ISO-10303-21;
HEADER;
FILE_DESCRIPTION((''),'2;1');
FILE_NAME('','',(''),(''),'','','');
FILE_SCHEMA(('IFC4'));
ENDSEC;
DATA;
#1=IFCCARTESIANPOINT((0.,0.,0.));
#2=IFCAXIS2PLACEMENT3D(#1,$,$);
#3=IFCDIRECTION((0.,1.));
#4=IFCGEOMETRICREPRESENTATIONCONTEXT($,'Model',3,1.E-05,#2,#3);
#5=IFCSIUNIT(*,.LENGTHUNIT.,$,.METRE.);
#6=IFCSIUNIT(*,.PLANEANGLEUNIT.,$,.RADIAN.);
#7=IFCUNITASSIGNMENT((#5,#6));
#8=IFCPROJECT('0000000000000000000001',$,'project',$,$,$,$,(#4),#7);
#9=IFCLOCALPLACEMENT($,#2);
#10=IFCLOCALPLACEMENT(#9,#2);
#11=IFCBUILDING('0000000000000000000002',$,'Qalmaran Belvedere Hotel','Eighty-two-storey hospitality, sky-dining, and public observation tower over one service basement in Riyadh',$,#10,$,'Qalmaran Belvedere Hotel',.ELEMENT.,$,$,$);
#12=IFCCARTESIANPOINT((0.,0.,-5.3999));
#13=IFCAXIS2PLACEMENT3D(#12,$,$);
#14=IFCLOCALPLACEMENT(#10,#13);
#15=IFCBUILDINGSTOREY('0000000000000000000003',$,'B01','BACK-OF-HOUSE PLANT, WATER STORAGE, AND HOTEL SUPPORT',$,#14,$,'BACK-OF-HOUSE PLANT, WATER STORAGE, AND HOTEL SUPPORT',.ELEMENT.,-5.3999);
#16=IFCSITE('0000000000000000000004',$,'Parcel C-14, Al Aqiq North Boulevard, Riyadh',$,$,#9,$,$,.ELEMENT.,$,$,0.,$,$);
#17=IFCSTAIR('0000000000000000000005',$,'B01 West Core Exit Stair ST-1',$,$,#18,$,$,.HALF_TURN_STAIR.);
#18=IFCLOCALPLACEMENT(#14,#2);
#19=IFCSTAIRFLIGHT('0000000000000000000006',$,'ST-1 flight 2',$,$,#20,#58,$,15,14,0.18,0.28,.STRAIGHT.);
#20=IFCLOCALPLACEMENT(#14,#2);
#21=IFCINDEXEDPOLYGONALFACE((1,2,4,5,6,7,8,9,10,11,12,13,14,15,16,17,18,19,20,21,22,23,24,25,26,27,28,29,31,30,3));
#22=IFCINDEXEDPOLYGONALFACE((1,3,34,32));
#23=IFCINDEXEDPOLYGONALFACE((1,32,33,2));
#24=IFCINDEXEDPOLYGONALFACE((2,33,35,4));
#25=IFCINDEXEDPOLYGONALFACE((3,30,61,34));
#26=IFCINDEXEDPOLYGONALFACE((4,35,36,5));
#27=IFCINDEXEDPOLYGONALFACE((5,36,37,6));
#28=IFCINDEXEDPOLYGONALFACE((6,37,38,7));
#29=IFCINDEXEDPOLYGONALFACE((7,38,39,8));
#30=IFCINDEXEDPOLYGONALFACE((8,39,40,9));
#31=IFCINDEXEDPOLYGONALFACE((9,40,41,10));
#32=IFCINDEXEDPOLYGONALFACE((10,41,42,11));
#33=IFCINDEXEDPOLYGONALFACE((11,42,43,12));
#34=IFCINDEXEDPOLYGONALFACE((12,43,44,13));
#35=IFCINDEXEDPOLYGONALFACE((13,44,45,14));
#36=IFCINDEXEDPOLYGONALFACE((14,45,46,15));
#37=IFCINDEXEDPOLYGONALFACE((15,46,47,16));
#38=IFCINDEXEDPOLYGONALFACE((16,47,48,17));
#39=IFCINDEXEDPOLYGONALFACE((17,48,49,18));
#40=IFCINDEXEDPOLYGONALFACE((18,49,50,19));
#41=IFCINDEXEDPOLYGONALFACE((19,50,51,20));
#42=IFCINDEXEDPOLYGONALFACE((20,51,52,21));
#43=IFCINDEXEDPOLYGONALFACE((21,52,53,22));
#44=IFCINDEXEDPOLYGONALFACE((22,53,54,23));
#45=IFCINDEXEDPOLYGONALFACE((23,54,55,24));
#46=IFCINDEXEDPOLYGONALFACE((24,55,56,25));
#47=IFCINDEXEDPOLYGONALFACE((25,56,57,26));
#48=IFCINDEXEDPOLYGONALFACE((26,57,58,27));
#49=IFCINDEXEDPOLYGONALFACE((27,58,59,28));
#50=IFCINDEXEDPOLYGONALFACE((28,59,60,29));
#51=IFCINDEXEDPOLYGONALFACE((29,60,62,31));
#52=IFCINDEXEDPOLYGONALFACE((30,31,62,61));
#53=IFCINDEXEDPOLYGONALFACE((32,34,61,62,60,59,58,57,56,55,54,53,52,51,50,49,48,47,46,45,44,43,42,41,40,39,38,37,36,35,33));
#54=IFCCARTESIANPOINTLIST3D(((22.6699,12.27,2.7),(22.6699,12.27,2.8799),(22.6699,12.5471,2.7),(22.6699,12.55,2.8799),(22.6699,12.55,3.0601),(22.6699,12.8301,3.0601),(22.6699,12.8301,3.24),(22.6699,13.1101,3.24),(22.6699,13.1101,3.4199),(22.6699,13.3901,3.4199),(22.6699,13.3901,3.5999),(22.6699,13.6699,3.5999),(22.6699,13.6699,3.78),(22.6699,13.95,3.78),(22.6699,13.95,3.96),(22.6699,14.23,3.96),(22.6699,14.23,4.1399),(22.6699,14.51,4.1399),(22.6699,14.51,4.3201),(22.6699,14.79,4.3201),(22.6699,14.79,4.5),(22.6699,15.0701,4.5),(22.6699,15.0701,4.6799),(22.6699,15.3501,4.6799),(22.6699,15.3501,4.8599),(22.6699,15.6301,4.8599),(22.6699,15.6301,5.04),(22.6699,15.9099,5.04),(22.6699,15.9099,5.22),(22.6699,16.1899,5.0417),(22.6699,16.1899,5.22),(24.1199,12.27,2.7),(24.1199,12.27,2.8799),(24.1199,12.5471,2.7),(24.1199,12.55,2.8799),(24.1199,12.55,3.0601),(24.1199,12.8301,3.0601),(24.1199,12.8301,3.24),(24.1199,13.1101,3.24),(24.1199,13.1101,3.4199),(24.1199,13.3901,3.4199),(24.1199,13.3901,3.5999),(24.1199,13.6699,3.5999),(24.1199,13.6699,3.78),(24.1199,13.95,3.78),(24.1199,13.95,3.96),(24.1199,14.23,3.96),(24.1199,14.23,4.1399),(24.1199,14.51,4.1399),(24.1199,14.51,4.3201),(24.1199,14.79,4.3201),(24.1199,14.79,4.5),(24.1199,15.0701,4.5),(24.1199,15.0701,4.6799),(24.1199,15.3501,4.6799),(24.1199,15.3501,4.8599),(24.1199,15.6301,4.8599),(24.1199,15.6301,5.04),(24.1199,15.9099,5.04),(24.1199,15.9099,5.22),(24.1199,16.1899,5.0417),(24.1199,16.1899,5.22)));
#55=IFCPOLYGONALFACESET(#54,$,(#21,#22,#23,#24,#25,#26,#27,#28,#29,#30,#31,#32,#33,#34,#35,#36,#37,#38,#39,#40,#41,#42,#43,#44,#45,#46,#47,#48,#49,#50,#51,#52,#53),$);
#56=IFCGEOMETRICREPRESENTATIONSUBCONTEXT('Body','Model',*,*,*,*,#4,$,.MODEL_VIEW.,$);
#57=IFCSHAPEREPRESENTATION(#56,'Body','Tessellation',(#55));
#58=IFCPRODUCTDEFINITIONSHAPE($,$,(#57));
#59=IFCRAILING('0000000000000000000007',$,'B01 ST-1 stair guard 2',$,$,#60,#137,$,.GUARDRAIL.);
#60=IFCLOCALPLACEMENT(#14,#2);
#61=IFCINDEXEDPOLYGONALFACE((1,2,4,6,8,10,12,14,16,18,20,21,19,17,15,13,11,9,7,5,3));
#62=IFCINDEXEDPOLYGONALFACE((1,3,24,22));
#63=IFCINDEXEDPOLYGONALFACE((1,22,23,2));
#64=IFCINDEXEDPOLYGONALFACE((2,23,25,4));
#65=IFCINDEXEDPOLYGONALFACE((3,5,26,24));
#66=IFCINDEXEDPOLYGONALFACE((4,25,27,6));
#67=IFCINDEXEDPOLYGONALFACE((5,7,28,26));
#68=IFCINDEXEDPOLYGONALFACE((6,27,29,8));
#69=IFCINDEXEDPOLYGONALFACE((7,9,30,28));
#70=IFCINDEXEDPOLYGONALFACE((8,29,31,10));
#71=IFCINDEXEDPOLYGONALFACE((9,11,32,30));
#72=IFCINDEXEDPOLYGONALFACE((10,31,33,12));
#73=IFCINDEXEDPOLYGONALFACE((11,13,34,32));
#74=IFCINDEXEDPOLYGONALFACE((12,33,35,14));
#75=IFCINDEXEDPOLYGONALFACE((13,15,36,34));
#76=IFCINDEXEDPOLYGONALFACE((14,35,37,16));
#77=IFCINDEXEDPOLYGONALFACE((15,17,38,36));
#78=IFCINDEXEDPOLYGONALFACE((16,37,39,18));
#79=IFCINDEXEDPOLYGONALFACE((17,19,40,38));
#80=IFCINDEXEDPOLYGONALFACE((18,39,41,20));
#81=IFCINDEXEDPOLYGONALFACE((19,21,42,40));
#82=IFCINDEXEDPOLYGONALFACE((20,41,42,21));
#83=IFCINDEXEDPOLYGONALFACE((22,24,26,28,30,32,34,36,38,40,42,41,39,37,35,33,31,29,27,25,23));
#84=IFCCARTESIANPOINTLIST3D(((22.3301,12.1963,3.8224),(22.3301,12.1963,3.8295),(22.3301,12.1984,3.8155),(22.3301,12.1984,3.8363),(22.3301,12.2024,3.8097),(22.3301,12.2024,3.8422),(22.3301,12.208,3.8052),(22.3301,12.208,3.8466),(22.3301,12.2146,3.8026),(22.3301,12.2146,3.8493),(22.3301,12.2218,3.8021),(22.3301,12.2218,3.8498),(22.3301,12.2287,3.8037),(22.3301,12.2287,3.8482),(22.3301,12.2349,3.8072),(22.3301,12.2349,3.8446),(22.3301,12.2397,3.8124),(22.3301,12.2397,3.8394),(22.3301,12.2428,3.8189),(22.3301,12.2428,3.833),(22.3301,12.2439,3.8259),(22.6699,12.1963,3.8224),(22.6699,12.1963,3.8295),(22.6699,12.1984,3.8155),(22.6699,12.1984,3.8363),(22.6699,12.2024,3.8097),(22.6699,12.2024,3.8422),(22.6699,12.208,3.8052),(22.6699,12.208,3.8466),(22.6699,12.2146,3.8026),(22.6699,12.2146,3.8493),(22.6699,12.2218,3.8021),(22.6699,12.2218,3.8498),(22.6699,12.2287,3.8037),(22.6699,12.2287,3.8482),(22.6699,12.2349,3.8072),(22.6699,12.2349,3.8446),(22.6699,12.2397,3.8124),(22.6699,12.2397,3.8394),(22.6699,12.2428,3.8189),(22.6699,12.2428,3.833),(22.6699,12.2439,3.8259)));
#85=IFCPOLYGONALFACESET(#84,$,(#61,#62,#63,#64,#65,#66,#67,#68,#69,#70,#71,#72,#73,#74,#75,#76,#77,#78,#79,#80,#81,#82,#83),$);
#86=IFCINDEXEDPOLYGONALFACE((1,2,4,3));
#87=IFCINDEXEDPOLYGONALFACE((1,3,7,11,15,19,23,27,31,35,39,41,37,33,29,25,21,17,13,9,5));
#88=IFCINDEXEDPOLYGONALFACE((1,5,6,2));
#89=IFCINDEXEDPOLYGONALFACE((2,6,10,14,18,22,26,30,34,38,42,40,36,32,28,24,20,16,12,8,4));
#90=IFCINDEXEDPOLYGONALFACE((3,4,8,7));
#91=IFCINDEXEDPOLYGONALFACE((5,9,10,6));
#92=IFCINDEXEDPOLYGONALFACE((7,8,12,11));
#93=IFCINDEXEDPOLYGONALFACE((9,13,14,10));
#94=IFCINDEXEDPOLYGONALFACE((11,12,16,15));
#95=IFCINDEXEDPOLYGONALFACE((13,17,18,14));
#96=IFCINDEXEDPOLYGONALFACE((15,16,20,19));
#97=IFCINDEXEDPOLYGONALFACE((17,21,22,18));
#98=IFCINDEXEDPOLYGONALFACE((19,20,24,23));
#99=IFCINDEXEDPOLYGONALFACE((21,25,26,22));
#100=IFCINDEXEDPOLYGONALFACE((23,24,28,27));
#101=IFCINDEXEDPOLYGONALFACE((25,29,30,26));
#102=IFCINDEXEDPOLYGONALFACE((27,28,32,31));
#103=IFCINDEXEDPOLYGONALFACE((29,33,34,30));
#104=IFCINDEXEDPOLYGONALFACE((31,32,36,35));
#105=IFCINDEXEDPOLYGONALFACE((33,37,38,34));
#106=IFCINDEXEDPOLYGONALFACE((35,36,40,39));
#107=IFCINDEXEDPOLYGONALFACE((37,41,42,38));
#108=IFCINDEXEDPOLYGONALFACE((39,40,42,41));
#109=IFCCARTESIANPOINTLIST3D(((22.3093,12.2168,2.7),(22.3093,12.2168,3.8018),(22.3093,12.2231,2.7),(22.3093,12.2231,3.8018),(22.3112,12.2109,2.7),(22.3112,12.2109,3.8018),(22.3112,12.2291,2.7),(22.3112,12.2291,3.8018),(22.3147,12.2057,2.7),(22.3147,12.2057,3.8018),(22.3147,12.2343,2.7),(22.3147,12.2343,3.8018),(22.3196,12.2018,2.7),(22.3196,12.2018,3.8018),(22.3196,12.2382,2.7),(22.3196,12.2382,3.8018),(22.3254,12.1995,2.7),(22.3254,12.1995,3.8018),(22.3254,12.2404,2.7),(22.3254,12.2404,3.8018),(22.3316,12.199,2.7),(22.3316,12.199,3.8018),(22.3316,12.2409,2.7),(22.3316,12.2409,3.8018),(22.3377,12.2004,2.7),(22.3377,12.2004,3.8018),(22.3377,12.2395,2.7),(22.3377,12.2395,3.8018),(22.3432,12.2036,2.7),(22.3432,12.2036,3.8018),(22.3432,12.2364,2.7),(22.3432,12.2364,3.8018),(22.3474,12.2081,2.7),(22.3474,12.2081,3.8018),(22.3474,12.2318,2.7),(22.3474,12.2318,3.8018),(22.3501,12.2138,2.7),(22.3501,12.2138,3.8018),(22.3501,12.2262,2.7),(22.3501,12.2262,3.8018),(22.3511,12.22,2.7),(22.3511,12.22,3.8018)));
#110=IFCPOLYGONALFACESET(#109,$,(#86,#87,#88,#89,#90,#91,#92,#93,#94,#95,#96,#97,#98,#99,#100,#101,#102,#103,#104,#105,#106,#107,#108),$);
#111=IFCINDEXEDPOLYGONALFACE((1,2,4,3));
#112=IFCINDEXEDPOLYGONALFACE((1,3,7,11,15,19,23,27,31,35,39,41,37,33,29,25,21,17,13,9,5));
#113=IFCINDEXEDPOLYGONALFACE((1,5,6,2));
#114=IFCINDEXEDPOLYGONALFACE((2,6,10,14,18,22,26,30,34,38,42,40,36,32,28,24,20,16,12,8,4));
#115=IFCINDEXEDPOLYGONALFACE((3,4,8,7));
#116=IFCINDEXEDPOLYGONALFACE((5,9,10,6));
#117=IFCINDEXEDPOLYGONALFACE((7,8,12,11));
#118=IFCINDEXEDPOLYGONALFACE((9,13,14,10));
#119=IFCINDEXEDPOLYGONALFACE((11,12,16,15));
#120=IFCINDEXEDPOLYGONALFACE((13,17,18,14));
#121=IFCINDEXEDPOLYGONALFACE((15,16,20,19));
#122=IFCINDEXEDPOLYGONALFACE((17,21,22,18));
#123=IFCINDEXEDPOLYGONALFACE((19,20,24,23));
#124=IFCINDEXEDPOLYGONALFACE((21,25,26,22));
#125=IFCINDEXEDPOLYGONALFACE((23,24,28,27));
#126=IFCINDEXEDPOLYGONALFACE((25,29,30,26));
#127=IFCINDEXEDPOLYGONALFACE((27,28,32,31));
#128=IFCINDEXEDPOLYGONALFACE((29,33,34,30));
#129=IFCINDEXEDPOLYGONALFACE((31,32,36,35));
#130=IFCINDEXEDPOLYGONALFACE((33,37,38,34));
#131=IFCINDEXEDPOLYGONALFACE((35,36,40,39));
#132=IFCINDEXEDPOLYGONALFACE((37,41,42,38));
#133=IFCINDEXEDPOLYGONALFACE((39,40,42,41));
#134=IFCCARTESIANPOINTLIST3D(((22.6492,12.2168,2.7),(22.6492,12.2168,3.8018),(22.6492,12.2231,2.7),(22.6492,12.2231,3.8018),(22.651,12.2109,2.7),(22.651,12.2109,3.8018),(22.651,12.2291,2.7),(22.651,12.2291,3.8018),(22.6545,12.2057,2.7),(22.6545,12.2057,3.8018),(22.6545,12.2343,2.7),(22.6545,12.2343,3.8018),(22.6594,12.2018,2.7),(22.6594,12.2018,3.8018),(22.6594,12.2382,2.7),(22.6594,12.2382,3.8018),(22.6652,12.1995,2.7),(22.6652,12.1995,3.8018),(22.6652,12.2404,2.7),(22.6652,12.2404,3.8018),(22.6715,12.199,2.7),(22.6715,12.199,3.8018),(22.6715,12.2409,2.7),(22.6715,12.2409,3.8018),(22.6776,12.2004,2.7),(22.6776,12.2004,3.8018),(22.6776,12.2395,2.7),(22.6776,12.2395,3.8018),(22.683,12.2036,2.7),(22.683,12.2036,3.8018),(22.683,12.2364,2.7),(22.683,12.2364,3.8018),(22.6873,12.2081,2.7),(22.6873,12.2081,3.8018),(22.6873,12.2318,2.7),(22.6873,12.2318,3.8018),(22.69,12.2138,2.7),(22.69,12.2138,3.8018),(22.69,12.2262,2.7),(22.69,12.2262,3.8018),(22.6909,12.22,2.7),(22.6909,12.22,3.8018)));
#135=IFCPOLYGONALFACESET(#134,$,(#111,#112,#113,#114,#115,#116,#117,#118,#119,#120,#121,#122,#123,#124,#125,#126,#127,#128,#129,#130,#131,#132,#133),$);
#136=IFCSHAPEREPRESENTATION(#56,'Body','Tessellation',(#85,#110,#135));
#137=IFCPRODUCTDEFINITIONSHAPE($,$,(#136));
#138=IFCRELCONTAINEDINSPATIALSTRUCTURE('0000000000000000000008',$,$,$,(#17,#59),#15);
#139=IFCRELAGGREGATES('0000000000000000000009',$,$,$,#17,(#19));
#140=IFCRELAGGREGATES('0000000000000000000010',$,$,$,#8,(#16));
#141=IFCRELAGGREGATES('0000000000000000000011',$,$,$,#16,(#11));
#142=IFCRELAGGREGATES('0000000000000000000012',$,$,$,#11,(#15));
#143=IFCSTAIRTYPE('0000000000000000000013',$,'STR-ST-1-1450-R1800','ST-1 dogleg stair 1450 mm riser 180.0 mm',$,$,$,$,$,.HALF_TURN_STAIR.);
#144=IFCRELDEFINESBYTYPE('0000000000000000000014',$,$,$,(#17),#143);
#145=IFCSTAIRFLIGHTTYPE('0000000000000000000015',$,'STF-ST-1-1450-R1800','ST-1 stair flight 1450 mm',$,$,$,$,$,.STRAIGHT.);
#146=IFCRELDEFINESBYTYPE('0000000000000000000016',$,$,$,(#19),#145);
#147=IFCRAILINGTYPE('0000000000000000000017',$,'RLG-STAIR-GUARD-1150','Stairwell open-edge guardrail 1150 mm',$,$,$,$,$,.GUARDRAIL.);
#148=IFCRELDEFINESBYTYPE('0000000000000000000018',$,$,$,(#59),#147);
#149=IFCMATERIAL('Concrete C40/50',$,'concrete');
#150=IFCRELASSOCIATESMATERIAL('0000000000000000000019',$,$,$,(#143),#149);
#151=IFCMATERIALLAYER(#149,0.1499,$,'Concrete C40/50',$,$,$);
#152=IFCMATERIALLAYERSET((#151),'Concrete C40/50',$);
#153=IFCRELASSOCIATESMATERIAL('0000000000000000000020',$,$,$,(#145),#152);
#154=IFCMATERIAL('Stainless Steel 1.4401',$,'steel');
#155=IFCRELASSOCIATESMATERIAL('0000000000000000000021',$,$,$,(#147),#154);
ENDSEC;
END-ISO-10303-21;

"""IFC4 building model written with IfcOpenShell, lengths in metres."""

from ifc_helpers import new_model, si_unit, direction, frame, origin, origin_2d, place, context, subcontext, project, spatial, polyline, circle, outline, extrude, material, layer, layer_set, type_object, element, aggregate, save


model = new_model("IFC4")

# Units and contexts
model_context = context("Model", 3, precision=1e-05, world=origin(), true_north=direction((0.0, 1.0)))
body_context = subcontext(model_context, "Body", "Model", "MODEL_VIEW")
ifc_project = project(units=[si_unit("LENGTHUNIT", "METRE"), si_unit("PLANEANGLEUNIT", "RADIAN")], contexts=[model_context])

# Site, building, storey
site_placement = place(None, origin())
site = spatial("IfcSite", under=ifc_project, at=site_placement, Name="Parcel C-14, Al Aqiq North Boulevard, Riyadh", CompositionType="ELEMENT", RefElevation=0.0)
building_placement = place(site_placement, origin())
building = spatial("IfcBuilding", under=site, at=building_placement, Name="Qalmaran Belvedere Hotel", Description="Eighty-two-storey hospitality, sky-dining, and public observation tower over one service basement in Riyadh", LongName="Qalmaran Belvedere Hotel", CompositionType="ELEMENT")
storey_placement = place(building_placement, frame((0.0, 0.0, -5.3999)))
storey = spatial("IfcBuildingStorey", under=building, at=storey_placement, Name="B01", Description="BACK-OF-HOUSE PLANT, WATER STORAGE, AND HOTEL SUPPORT", LongName="BACK-OF-HOUSE PLANT, WATER STORAGE, AND HOTEL SUPPORT", CompositionType="ELEMENT", Elevation=-5.3999)

# Stair, stair flight
ifc_material_1 = material(Name="Concrete C40/50", Category="concrete")
stair_type = type_object("IfcStairType", Name="STR-ST-1-1450-R1800", Description="ST-1 dogleg stair 1450 mm riser 180.0 mm", PredefinedType="HALF_TURN_STAIR", material=ifc_material_1)
stair_placement = place(storey_placement, origin())
stair = element("IfcStair", 1, at=stair_placement, inside=storey, type_object=stair_type, Name="B01 West Core Exit Stair ST-1", PredefinedType="HALF_TURN_STAIR")
ifc_layer_1 = layer(ifc_material_1, 0.1499, Name="Concrete C40/50")
ifc_layer_set_1 = layer_set([ifc_layer_1], Name="Concrete C40/50")
stair_flight_type = type_object("IfcStairFlightType", Name="STF-ST-1-1450-R1800", Description="ST-1 stair flight 1450 mm", PredefinedType="STRAIGHT", material=ifc_layer_set_1)
stair_flight_placement = place(storey_placement, frame((23.395, 12.27, 2.7), z_axis=(0.0, 0.0, 1.0), x_axis=(0.0, 1.0, 0.0)))
stair_flight = element("IfcStairFlight", 2, at=stair_flight_placement, type_object=stair_flight_type, Name="ST-1 flight 2", NumberOfRisers=15, NumberOfTreads=14, PredefinedType="STRAIGHT", RiserHeight=0.18, TreadLength=0.28, context=body_context, shape_type="SweptSolid", body=[
    extrude(outline(polyline([(0.0, 0.0), (0.0, 0.1799), (0.28, 0.1799), (0.28, 0.3601), (0.5601, 0.3601), (0.5601, 0.54), (0.8401, 0.54), (0.8401, 0.72), (1.1201, 0.72), (1.1201, 0.8999), (1.3999, 0.8999), (1.3999, 1.0801), (1.6799, 1.0801), (1.6799, 1.26), (1.96, 1.26), (1.96, 1.4399), (2.24, 1.4399), (2.24, 1.6201), (2.52, 1.6201), (2.52, 1.8), (2.8, 1.8), (2.8, 1.98), (3.0801, 1.98), (3.0801, 2.1599), (3.3601, 2.1599), (3.3601, 2.3401), (3.6399, 2.3401), (3.6399, 2.52), (3.9199, 2.52), (3.9199, 2.7), (3.9199, 2.3418), (0.2771, 0.0), (0.0, 0.0)])), frame((0.0, 0.7251, 0.0), z_axis=(0.0, -1.0, 0.0), x_axis=(1.0, 0.0, 0.0)), (0.0, 0.0, 1.0), 1.45),
])
aggregate(stair, [stair_flight])

# Railing
ifc_material_2 = material(Name="Stainless Steel 1.4401", Category="steel")
railing_type_1 = type_object("IfcRailingType", Name="RLG-STAIR-GUARD-1150", Description="Stairwell open-edge guardrail 1150 mm", PredefinedType="GUARDRAIL", material=ifc_material_2)
railing_1_placement = place(storey_placement, frame((22.3301, 12.22, 2.7)))
element("IfcRailing", 3, at=railing_1_placement, inside=storey, type_object=railing_type_1, Name="B01 ST-1 stair guard 2", PredefinedType="GUARDRAIL", context=body_context, shape_type="SweptSolid", body=[
    extrude(circle(Radius=0.0239, at=origin_2d()), frame((0.0, 0.0, 1.126), z_axis=(1.0, 0.0, 0.0), x_axis=(0.0, 1.0, 0.0)), (0.0, 0.0, 1.0), 0.3398),
    extrude(circle(Radius=0.021, at=origin_2d()), origin(), (0.0, 0.0, 1.0), 1.1018),
    extrude(circle(Radius=0.021, at=origin_2d()), frame((0.3398, 0.0, 0.0)), (0.0, 0.0, 1.0), 1.1018),
])

save(model, "model.ifc")
